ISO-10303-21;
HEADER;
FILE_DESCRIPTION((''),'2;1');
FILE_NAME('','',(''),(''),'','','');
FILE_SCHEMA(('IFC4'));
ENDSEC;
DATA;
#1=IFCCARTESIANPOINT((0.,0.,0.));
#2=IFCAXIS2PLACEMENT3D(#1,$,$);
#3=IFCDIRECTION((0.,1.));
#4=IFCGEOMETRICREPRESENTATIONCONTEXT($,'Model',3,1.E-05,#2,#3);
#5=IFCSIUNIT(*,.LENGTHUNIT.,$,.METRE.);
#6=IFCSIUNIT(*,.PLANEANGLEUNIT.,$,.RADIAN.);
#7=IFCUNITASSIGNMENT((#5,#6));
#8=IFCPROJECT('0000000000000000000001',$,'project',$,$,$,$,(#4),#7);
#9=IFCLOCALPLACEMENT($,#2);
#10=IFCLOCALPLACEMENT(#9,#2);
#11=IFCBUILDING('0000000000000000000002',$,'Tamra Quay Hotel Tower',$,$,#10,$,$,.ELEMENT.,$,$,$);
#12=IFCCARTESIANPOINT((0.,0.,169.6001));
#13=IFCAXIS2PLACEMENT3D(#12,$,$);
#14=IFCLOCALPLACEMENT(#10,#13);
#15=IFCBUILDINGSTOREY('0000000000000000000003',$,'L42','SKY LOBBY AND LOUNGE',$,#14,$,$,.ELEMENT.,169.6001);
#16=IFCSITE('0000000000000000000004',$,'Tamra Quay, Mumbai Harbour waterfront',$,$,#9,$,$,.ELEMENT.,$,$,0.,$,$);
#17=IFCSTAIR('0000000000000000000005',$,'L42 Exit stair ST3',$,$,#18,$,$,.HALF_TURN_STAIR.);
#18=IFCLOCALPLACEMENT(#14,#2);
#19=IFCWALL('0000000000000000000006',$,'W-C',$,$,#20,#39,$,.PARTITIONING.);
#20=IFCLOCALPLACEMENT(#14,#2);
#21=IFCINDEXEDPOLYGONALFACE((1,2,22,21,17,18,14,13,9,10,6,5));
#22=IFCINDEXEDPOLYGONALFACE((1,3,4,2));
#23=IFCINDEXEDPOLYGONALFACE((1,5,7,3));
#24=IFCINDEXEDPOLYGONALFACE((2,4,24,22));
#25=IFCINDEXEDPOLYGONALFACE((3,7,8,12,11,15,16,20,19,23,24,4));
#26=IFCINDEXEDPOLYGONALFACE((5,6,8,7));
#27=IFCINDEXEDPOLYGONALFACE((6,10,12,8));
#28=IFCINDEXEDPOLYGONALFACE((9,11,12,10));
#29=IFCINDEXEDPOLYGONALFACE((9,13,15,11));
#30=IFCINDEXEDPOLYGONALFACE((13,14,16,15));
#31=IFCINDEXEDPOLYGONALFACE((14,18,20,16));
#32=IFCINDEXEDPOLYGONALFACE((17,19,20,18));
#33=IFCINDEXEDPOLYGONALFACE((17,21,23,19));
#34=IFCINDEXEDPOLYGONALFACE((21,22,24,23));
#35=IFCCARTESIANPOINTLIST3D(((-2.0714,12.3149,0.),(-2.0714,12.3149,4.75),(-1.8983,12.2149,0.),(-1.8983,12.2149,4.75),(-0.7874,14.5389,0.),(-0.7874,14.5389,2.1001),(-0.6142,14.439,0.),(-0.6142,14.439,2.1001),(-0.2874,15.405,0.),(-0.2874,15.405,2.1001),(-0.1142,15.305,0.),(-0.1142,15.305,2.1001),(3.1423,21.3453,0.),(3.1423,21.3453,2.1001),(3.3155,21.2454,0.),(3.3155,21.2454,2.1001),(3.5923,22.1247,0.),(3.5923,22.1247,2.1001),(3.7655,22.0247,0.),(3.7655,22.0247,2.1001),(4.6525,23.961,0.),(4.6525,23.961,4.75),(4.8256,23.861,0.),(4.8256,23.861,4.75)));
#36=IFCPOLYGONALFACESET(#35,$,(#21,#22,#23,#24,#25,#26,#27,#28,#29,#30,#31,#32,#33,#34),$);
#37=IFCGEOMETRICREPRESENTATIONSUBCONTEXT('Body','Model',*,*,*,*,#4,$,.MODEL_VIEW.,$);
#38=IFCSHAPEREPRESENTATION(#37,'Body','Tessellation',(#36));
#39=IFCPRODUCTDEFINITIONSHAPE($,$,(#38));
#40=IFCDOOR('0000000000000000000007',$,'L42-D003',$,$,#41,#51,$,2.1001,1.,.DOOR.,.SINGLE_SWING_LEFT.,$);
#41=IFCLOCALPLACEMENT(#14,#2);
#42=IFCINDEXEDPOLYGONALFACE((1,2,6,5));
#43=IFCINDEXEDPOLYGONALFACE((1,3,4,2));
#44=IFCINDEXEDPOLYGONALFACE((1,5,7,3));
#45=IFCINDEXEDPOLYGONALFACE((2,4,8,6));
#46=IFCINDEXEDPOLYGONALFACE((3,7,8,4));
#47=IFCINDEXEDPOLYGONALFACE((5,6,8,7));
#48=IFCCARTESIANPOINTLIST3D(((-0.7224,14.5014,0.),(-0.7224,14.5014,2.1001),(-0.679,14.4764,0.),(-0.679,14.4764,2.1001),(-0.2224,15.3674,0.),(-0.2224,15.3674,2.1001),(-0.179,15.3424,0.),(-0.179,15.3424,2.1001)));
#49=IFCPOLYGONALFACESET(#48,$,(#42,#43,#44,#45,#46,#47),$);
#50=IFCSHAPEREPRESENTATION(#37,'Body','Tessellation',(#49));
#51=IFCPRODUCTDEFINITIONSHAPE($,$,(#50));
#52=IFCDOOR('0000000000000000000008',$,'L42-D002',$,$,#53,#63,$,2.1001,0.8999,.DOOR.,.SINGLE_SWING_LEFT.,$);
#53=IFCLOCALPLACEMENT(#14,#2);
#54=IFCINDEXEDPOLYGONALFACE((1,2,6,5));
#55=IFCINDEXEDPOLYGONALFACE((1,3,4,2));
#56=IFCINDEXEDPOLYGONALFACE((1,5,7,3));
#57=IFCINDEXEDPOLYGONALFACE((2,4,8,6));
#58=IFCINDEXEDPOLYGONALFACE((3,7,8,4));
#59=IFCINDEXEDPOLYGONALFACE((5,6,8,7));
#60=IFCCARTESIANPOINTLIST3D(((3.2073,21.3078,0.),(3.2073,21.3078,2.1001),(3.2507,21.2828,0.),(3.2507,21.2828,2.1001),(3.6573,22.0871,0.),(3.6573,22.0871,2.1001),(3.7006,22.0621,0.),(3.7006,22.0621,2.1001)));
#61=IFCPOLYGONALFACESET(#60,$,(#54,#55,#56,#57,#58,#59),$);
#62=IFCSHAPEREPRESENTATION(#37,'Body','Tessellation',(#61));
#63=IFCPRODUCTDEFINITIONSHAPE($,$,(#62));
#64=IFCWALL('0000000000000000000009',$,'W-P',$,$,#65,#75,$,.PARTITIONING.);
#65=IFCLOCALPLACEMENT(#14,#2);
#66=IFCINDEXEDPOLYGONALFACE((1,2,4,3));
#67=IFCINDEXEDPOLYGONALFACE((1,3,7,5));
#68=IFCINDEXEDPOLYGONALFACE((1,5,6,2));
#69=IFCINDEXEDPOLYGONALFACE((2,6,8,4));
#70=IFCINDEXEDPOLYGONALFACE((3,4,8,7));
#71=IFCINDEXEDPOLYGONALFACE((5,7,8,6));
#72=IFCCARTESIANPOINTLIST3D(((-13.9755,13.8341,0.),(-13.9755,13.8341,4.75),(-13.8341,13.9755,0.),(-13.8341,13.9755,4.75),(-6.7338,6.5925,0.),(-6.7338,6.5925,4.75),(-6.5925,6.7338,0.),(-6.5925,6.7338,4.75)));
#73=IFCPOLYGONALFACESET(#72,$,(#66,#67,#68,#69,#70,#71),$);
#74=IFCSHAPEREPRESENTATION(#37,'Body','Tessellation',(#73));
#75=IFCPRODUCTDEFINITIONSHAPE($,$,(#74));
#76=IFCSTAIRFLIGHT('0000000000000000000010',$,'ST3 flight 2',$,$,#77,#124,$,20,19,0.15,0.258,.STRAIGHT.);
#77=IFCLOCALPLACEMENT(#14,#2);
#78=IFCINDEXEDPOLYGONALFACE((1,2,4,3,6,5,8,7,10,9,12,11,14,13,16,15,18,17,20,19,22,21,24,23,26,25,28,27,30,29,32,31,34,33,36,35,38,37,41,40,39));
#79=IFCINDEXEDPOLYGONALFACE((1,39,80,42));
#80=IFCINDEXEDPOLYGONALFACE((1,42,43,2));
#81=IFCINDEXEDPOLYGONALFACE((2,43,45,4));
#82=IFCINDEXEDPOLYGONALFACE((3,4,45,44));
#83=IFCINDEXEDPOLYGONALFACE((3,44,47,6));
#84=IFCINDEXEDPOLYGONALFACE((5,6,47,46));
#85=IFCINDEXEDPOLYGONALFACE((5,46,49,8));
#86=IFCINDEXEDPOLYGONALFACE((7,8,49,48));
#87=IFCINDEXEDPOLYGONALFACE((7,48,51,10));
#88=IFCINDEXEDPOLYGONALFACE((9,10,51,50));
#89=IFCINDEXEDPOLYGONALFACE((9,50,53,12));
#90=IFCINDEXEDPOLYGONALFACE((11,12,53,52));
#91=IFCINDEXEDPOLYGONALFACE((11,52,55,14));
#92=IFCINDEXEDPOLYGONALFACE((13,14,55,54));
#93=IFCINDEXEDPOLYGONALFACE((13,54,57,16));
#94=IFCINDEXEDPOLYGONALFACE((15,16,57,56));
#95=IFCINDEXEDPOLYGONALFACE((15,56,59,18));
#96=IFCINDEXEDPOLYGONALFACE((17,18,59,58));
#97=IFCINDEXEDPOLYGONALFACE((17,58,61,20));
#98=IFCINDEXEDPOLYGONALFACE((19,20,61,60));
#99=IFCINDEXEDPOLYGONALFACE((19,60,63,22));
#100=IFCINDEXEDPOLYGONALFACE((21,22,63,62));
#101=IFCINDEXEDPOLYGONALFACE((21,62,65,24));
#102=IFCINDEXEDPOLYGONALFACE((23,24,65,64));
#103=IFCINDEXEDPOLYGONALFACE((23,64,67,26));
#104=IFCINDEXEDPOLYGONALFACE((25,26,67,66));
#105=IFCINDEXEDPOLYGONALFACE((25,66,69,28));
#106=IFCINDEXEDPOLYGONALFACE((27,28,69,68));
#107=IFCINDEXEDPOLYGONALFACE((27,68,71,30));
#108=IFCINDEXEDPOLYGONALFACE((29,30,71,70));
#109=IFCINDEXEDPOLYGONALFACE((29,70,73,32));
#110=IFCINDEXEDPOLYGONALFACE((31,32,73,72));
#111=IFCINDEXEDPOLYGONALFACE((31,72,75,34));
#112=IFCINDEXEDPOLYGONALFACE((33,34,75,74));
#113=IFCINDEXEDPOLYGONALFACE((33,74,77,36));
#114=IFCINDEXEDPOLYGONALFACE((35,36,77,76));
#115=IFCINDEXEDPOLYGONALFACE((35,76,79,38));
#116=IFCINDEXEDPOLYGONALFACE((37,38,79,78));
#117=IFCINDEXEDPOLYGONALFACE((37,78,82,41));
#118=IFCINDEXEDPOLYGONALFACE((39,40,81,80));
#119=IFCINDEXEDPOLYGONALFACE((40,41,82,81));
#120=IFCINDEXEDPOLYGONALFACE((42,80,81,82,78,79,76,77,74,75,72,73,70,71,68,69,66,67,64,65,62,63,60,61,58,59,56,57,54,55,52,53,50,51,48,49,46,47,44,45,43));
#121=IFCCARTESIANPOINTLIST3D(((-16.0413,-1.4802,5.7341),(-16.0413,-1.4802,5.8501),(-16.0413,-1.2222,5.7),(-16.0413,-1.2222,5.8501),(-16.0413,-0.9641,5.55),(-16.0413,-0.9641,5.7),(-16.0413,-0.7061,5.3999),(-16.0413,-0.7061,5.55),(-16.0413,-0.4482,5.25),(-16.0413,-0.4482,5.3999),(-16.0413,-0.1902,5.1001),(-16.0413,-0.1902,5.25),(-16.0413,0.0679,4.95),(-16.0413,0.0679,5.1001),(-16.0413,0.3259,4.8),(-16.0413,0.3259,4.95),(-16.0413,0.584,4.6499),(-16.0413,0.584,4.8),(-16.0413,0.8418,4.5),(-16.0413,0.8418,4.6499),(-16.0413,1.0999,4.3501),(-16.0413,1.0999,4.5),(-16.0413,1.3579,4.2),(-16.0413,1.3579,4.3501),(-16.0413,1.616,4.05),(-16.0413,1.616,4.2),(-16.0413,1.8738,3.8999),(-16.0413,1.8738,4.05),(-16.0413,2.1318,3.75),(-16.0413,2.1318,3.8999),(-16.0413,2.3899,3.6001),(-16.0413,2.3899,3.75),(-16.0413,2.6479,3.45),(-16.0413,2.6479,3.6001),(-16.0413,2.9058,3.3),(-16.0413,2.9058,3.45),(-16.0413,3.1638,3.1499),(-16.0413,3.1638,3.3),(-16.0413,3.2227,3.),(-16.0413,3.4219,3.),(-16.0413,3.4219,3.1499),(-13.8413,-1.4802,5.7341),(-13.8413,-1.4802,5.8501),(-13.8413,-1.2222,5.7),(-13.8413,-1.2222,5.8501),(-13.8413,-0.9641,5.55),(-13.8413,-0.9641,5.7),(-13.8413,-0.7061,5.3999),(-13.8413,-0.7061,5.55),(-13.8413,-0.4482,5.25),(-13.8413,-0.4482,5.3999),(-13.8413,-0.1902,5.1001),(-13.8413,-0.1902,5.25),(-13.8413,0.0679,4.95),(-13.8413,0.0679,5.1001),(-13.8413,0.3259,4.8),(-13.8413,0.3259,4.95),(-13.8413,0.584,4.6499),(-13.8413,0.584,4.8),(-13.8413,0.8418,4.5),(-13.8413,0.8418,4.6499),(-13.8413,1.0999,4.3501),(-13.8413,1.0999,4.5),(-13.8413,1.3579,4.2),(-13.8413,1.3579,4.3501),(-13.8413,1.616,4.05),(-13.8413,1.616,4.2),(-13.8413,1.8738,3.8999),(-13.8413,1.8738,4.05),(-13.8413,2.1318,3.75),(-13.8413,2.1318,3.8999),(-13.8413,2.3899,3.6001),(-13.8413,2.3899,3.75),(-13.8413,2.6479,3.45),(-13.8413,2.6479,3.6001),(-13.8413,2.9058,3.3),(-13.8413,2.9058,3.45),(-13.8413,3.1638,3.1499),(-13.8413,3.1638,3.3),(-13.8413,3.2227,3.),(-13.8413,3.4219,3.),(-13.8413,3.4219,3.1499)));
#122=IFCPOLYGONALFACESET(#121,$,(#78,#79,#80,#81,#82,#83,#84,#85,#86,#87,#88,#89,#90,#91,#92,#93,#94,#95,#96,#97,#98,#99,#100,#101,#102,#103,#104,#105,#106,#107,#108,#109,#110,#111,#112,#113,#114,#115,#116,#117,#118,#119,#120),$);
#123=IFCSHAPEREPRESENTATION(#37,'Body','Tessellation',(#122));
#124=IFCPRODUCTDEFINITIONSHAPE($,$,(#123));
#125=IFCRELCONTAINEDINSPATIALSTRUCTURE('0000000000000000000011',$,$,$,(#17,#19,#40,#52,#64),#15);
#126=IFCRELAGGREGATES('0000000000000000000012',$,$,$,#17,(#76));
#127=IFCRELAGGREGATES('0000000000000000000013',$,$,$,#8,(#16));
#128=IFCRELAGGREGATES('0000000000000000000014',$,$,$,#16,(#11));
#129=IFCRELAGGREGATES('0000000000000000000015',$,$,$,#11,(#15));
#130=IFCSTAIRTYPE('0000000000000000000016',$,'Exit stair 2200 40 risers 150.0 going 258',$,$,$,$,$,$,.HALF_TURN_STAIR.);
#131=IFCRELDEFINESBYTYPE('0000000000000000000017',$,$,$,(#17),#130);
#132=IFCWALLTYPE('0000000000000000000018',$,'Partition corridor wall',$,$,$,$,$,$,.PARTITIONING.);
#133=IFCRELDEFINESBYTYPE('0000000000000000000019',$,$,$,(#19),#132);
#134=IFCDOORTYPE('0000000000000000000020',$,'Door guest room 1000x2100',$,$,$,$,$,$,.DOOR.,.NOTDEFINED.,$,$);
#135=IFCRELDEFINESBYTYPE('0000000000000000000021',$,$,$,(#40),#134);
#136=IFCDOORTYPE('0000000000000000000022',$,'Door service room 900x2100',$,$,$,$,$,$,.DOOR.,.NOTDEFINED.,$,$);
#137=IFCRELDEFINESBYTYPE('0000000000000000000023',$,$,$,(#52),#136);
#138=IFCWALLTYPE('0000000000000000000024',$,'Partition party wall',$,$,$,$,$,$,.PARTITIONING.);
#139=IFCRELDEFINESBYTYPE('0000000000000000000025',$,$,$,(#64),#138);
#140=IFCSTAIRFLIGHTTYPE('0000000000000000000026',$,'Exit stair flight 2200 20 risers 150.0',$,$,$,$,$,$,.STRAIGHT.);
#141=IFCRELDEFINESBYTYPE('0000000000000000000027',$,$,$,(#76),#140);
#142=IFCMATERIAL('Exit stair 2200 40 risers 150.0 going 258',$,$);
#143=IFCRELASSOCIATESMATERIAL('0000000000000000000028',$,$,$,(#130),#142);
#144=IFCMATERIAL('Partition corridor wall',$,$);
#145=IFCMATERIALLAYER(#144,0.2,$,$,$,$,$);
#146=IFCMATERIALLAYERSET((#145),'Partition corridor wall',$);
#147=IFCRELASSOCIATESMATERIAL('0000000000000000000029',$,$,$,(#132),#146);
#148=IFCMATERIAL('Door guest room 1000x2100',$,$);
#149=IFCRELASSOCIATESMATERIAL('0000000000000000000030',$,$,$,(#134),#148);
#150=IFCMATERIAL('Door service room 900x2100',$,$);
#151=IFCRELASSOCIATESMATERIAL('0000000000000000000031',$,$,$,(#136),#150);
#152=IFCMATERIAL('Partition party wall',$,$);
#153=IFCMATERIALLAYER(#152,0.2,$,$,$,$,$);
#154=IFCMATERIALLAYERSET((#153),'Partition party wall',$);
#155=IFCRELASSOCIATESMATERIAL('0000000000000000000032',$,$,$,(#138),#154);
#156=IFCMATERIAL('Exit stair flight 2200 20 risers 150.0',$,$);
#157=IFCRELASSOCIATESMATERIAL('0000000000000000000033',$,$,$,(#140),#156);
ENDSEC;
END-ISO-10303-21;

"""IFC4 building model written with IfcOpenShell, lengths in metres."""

from ifc_helpers import new_model, si_unit, direction, frame, frame_2d, origin, place, context, subcontext, project, spatial, polyline, rectangle, outline, extrude, material, layer, layer_set, type_object, element, fill, aggregate, save


model = new_model("IFC4")

# Units and contexts
model_context = context("Model", 3, precision=1e-05, world=origin(), true_north=direction((0.0, 1.0)))
body_context = subcontext(model_context, "Body", "Model", "MODEL_VIEW")
ifc_project = project(units=[si_unit("LENGTHUNIT", "METRE"), si_unit("PLANEANGLEUNIT", "RADIAN")], contexts=[model_context])

# Site, building, storey
site_placement = place(None, origin())
site = spatial("IfcSite", under=ifc_project, at=site_placement, Name="Tamra Quay, Mumbai Harbour waterfront", CompositionType="ELEMENT", RefElevation=0.0)
building_placement = place(site_placement, origin())
building = spatial("IfcBuilding", under=site, at=building_placement, Name="Tamra Quay Hotel Tower", CompositionType="ELEMENT")
storey_placement = place(building_placement, frame((0.0, 0.0, 169.6001)))
storey = spatial("IfcBuildingStorey", under=building, at=storey_placement, Name="L42", Description="SKY LOBBY AND LOUNGE", CompositionType="ELEMENT", Elevation=169.6001)

# Stair
ifc_material_1 = material(Name="Exit stair 2200 40 risers 150.0 going 258")
stair_type = type_object("IfcStairType", Name="Exit stair 2200 40 risers 150.0 going 258", PredefinedType="HALF_TURN_STAIR", material=ifc_material_1)
stair_1_placement = place(storey_placement, origin())
stair_1 = element("IfcStair", 1, at=stair_1_placement, inside=storey, type_object=stair_type, Name="L42 Exit stair ST3", PredefinedType="HALF_TURN_STAIR")

# Shared definitions
ifc_material_2 = material(Name="Partition corridor wall")
ifc_layer_1 = layer(ifc_material_2, 0.2)
ifc_layer_set_1 = layer_set([ifc_layer_1], Name="Partition corridor wall")
wall_type_1 = type_object("IfcWallType", Name="Partition corridor wall", PredefinedType="PARTITIONING", material=ifc_layer_set_1)
ifc_material_3 = material(Name="Door guest room 1000x2100")
door_type_1 = type_object("IfcDoorType", Name="Door guest room 1000x2100", OperationType="NOTDEFINED", PredefinedType="DOOR", material=ifc_material_3)

# Wall, openings, doors
wall_1_placement = place(storey_placement, frame((-1.9849, 12.2649, 0.0), z_axis=(0.0, 0.0, 1.0), x_axis=(0.500003, 0.866024, 0.0)))
wall_1 = element("IfcWall", 2, at=wall_1_placement, inside=storey, type_object=wall_type_1, Name="W-C", PredefinedType="PARTITIONING", context=body_context, shape_type="SweptSolid", body=[
    extrude(rectangle(XDim=13.4478, YDim=0.2, at=frame_2d((6.7239, 0.0))), origin(), (0.0, 0.0, 1.0), 4.75),
])
opening_1_placement = place(wall_1_placement, frame((10.4275, 0.0, 0.0)))
opening_1 = element("IfcOpeningElement", 3, at=opening_1_placement, cuts=wall_1, PredefinedType="OPENING", context=body_context, shape_type="SweptSolid", body=[
    extrude(rectangle(XDim=0.8999, YDim=2.1001, at=frame_2d((0.45, 1.05))), frame((0.0, 0.1099, 0.0), z_axis=(0.0, -1.0, 0.0), x_axis=(1.0, 0.0, 0.0)), (0.0, 0.0, 1.0), 0.22),
])
opening_2_placement = place(wall_1_placement, frame((2.5681, 0.0, 0.0)))
opening_2 = element("IfcOpeningElement", 4, at=opening_2_placement, cuts=wall_1, PredefinedType="OPENING", context=body_context, shape_type="SweptSolid", body=[
    extrude(rectangle(XDim=1.0, YDim=2.1001, at=frame_2d((0.5, 1.05))), frame((0.0, 0.1099, 0.0), z_axis=(0.0, -1.0, 0.0), x_axis=(1.0, 0.0, 0.0)), (0.0, 0.0, 1.0), 0.22),
])
door_1_placement = place(opening_2_placement, origin())
door_1 = element("IfcDoor", 5, at=door_1_placement, inside=storey, type_object=door_type_1, Name="L42-D003", OperationType="SINGLE_SWING_LEFT", OverallHeight=2.1001, OverallWidth=1.0, PredefinedType="DOOR", context=body_context, shape_type="SweptSolid", body=[
    extrude(rectangle(XDim=1.0, YDim=2.1001, at=frame_2d((0.5, 1.05))), frame((0.0, 0.0249, 0.0), z_axis=(0.0, -1.0, 0.0), x_axis=(1.0, 0.0, 0.0)), (0.0, 0.0, 1.0), 0.05),
])
fill(opening_2, door_1)
ifc_material_4 = material(Name="Door service room 900x2100")
door_type_2 = type_object("IfcDoorType", Name="Door service room 900x2100", OperationType="NOTDEFINED", PredefinedType="DOOR", material=ifc_material_4)
door_2_placement = place(opening_1_placement, origin())
door_2 = element("IfcDoor", 6, at=door_2_placement, inside=storey, type_object=door_type_2, Name="L42-D002", OperationType="SINGLE_SWING_LEFT", OverallHeight=2.1001, OverallWidth=0.8999, PredefinedType="DOOR", context=body_context, shape_type="SweptSolid", body=[
    extrude(rectangle(XDim=0.8999, YDim=2.1001, at=frame_2d((0.45, 1.05))), frame((0.0, 0.0249, 0.0), z_axis=(0.0, -1.0, 0.0), x_axis=(1.0, 0.0, 0.0)), (0.0, 0.0, 1.0), 0.05),
])
fill(opening_1, door_2)

# Wall
ifc_material_5 = material(Name="Partition party wall")
ifc_layer_2 = layer(ifc_material_5, 0.2)
ifc_layer_set_2 = layer_set([ifc_layer_2], Name="Partition party wall")
wall_type_2 = type_object("IfcWallType", Name="Partition party wall", PredefinedType="PARTITIONING", material=ifc_layer_set_2)
wall_2_placement = place(storey_placement, frame((-13.9048, 13.9048, 0.0), z_axis=(0.0, 0.0, 1.0), x_axis=(0.707107, -0.707107, 0.0)))
element("IfcWall", 7, at=wall_2_placement, inside=storey, type_object=wall_type_2, Name="W-P", PredefinedType="PARTITIONING", context=body_context, shape_type="SweptSolid", body=[
    extrude(rectangle(XDim=10.2412, YDim=0.2, at=frame_2d((5.1206, 0.0))), origin(), (0.0, 0.0, 1.0), 4.75),
])

# Stair flight
ifc_material_6 = material(Name="Exit stair flight 2200 20 risers 150.0")
stair_flight_type = type_object("IfcStairFlightType", Name="Exit stair flight 2200 20 risers 150.0", PredefinedType="STRAIGHT", material=ifc_material_6)
stair_flight_placement = place(storey_placement, frame((-14.9414, 3.4219, 3.0), z_axis=(0.0, 0.0, 1.0), x_axis=(0.0, -1.0, 0.0)))
stair_flight = element("IfcStairFlight", 8, at=stair_flight_placement, type_object=stair_flight_type, Name="ST3 flight 2", NumberOfRisers=20, NumberOfTreads=19, PredefinedType="STRAIGHT", RiserHeight=0.15, TreadLength=0.258, context=body_context, shape_type="SweptSolid", body=[
    extrude(outline(polyline([(0.0, 0.0), (0.0, 0.1499), (0.2581, 0.1499), (0.2581, 0.3), (0.5161, 0.3), (0.5161, 0.45), (0.7739, 0.45), (0.7739, 0.6001), (1.032, 0.6001), (1.032, 0.75), (1.29, 0.75), (1.29, 0.8999), (1.5481, 0.8999), (1.5481, 1.05), (1.8059, 1.05), (1.8059, 1.2), (2.064, 1.2), (2.064, 1.3501), (2.322, 1.3501), (2.322, 1.5), (2.5801, 1.5), (2.5801, 1.6499), (2.8379, 1.6499), (2.8379, 1.8), (3.0959, 1.8), (3.0959, 1.95), (3.354, 1.95), (3.354, 2.1001), (3.6121, 2.1001), (3.6121, 2.25), (3.8701, 2.25), (3.8701, 2.3999), (4.1279, 2.3999), (4.1279, 2.55), (4.386, 2.55), (4.386, 2.7), (4.644, 2.7), (4.644, 2.8501), (4.9021, 2.8501), (4.9021, 3.0), (4.9021, 2.7341), (0.1992, 0.0), (0.0, 0.0)])), frame((0.0, 1.1001, 0.0), z_axis=(0.0, -1.0, 0.0), x_axis=(1.0, 0.0, 0.0)), (0.0, 0.0, 1.0), 2.2),
])
aggregate(stair_1, [stair_flight])

save(model, "model.ifc")
